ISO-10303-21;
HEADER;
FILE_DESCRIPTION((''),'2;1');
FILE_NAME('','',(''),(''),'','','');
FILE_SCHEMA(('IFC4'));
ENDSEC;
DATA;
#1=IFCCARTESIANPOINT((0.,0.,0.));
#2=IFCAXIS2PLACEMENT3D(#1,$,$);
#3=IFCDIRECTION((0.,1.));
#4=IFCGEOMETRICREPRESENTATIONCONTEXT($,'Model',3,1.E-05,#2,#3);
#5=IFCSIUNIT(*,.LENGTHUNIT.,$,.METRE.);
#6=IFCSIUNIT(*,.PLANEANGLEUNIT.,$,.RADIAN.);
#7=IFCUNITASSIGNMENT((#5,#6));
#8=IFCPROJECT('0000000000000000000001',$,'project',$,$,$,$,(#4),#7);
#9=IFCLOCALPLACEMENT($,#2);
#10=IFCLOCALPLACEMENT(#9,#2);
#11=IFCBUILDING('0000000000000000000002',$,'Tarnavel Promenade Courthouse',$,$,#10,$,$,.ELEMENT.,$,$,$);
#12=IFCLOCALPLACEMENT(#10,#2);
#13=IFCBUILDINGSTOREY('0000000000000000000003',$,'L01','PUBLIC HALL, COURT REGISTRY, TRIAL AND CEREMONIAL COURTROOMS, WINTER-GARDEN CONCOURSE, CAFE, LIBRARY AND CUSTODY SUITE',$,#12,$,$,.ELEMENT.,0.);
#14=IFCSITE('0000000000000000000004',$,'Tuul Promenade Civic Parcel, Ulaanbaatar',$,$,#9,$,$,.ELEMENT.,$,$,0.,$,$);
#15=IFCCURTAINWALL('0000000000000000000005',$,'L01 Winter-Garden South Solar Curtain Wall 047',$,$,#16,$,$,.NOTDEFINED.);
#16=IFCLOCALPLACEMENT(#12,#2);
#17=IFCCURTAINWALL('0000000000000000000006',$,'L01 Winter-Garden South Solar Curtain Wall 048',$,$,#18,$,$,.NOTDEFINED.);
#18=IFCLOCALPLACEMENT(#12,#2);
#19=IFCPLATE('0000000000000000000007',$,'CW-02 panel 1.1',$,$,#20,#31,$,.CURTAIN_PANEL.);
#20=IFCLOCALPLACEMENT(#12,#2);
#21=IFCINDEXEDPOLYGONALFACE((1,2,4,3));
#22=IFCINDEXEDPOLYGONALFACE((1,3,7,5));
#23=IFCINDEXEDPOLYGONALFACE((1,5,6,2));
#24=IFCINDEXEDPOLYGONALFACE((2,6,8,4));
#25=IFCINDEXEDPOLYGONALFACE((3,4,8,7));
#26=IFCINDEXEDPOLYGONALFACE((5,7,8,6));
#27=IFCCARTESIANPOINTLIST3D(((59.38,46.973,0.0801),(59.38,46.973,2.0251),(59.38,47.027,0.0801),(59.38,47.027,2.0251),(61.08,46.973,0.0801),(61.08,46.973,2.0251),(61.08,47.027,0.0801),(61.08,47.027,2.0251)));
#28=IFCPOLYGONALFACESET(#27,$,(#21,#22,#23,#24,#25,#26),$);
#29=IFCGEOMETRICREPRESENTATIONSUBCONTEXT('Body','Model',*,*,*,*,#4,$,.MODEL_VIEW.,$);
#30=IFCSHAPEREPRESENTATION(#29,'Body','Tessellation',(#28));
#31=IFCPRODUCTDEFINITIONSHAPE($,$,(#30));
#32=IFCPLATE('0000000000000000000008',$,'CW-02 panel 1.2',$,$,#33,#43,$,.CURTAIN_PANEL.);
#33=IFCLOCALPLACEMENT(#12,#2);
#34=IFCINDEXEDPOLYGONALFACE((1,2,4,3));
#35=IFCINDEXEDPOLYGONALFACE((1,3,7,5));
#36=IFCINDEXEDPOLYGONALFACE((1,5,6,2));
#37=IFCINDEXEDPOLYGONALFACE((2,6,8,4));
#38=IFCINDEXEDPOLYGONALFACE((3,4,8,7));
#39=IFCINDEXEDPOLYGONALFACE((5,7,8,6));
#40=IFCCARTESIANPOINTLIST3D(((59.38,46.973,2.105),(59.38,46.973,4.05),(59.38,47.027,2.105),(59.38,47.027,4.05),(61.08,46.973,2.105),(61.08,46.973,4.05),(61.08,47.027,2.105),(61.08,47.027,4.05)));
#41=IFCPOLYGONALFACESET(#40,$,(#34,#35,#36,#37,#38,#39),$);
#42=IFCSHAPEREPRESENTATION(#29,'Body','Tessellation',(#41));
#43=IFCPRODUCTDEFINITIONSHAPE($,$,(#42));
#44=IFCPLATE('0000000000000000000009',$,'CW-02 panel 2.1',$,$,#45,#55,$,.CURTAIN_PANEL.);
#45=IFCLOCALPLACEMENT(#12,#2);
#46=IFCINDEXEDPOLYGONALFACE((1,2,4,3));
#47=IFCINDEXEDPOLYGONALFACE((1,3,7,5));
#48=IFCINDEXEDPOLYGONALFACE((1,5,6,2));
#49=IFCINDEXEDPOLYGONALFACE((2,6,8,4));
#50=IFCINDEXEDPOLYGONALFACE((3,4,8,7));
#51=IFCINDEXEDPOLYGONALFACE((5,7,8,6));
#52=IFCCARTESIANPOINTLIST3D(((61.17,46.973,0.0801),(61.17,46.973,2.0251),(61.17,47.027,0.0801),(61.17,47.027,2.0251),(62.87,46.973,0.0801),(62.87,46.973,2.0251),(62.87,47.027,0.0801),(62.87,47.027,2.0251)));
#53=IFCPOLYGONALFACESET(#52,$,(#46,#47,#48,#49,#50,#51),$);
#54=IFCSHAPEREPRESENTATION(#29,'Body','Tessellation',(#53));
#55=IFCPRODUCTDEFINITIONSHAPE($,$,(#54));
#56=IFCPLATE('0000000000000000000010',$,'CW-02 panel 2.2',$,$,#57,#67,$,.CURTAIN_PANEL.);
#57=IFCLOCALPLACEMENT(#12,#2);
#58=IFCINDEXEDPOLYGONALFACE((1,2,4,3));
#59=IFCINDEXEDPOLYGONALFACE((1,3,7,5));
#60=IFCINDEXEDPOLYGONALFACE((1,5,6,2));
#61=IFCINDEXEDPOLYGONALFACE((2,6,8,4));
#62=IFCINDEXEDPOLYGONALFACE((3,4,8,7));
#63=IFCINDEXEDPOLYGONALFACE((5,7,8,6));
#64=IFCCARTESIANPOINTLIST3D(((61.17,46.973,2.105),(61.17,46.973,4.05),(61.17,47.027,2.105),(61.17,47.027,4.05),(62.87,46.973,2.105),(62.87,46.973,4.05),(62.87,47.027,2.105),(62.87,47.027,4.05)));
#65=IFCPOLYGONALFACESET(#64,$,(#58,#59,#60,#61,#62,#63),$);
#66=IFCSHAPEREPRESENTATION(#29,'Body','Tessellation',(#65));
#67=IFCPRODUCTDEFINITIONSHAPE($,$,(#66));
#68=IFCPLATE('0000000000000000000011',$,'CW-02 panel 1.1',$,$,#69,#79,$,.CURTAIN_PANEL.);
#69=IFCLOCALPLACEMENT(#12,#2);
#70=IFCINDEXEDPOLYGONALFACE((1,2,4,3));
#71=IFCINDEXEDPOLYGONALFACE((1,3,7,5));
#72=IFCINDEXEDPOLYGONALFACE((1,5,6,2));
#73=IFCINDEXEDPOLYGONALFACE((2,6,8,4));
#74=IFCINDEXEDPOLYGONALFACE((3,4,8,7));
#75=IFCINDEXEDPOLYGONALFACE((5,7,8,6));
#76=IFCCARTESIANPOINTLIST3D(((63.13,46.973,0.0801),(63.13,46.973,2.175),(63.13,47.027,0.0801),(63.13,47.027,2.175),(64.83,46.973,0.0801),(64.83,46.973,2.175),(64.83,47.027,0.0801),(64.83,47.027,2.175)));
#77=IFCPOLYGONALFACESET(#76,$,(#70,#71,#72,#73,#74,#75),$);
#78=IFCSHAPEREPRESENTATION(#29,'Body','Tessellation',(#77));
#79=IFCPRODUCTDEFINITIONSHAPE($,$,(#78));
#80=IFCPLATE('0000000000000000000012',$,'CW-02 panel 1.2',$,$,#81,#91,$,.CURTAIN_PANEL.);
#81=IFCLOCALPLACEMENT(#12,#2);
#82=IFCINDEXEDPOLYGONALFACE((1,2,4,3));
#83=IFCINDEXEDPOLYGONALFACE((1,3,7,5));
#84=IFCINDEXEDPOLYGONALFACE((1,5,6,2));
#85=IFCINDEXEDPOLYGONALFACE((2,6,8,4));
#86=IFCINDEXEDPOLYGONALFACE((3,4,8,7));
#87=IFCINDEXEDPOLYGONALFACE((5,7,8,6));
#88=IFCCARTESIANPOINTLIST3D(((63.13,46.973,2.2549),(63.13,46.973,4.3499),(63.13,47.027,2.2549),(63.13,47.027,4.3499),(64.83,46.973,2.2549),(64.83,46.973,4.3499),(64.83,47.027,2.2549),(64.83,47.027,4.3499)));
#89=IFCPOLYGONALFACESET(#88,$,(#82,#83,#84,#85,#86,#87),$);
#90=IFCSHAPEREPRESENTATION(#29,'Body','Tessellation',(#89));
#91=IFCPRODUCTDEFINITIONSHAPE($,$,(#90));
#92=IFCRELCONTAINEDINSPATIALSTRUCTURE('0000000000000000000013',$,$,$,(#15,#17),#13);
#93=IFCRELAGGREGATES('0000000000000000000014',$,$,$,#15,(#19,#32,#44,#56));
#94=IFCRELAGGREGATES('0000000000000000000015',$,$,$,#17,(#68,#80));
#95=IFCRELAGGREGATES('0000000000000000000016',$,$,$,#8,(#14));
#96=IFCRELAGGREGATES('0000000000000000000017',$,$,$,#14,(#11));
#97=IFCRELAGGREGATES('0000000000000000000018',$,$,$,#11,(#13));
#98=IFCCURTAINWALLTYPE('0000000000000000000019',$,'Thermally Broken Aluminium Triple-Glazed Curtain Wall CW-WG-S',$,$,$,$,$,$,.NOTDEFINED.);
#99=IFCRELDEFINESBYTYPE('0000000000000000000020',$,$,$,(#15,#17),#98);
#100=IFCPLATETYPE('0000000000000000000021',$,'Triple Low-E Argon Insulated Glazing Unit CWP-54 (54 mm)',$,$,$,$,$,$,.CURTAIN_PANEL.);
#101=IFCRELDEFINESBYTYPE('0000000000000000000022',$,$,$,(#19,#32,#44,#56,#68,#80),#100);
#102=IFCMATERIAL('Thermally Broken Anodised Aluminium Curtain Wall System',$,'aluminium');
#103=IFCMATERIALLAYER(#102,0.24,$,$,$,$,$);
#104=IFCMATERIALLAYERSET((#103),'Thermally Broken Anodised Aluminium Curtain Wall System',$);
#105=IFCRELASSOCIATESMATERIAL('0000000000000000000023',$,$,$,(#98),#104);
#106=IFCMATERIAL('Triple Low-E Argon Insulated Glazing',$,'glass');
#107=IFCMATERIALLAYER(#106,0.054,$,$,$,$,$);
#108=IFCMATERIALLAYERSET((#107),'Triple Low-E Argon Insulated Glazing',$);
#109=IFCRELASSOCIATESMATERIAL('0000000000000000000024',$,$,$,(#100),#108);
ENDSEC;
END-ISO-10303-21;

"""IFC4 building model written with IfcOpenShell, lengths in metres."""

from ifc_helpers import new_model, si_unit, direction, frame, origin, origin_2d, place, context, subcontext, project, spatial, rectangle, extrude, material, layer, layer_set, type_object, element, aggregate, save


model = new_model("IFC4")

# Units and contexts
model_context = context("Model", 3, precision=1e-05, world=origin(), true_north=direction((0.0, 1.0)))
body_context = subcontext(model_context, "Body", "Model", "MODEL_VIEW")
ifc_project = project(units=[si_unit("LENGTHUNIT", "METRE"), si_unit("PLANEANGLEUNIT", "RADIAN")], contexts=[model_context])

# Site, building, storey
site_placement = place(None, origin())
site = spatial("IfcSite", under=ifc_project, at=site_placement, Name="Tuul Promenade Civic Parcel, Ulaanbaatar", CompositionType="ELEMENT", RefElevation=0.0)
building_placement = place(site_placement, origin())
building = spatial("IfcBuilding", under=site, at=building_placement, Name="Tarnavel Promenade Courthouse", CompositionType="ELEMENT")
storey_placement = place(building_placement, origin())
storey = spatial("IfcBuildingStorey", under=building, at=storey_placement, Name="L01", Description="PUBLIC HALL, COURT REGISTRY, TRIAL AND CEREMONIAL COURTROOMS, WINTER-GARDEN CONCOURSE, CAFE, LIBRARY AND CUSTODY SUITE", CompositionType="ELEMENT", Elevation=0.0)

# Curtain walls
ifc_material_1 = material(Name="Thermally Broken Anodised Aluminium Curtain Wall System", Category="aluminium")
ifc_layer_1 = layer(ifc_material_1, 0.24)
ifc_layer_set_1 = layer_set([ifc_layer_1], Name="Thermally Broken Anodised Aluminium Curtain Wall System")
curtain_wall_type = type_object("IfcCurtainWallType", Name="Thermally Broken Aluminium Triple-Glazed Curtain Wall CW-WG-S", PredefinedType="NOTDEFINED", material=ifc_layer_set_1)
curtain_wall_1_placement = place(storey_placement, origin())
curtain_wall_1 = element("IfcCurtainWall", 1, at=curtain_wall_1_placement, inside=storey, type_object=curtain_wall_type, Name="L01 Winter-Garden South Solar Curtain Wall 047", PredefinedType="NOTDEFINED")
curtain_wall_2_placement = place(storey_placement, origin())
curtain_wall_2 = element("IfcCurtainWall", 2, at=curtain_wall_2_placement, inside=storey, type_object=curtain_wall_type, Name="L01 Winter-Garden South Solar Curtain Wall 048", PredefinedType="NOTDEFINED")

# Plates
ifc_material_2 = material(Name="Triple Low-E Argon Insulated Glazing", Category="glass")
ifc_layer_2 = layer(ifc_material_2, 0.054)
ifc_layer_set_2 = layer_set([ifc_layer_2], Name="Triple Low-E Argon Insulated Glazing")
plate_type = type_object("IfcPlateType", Name="Triple Low-E Argon Insulated Glazing Unit CWP-54 (54 mm)", PredefinedType="CURTAIN_PANEL", material=ifc_layer_set_2)
plate_1_placement = place(storey_placement, frame((60.23, 47.0, 0.0801), z_axis=(0.0, 0.0, 1.0), x_axis=(1.0, 0.0, 0.0)))
plate_1 = element("IfcPlate", 3, at=plate_1_placement, type_object=plate_type, Name="CW-02 panel 1.1", PredefinedType="CURTAIN_PANEL", context=body_context, shape_type="SweptSolid", body=[
    extrude(rectangle(XDim=1.7, YDim=0.054, at=origin_2d()), origin(), (0.0, 0.0, 1.0), 1.9451),
])
plate_2_placement = place(storey_placement, frame((60.23, 47.0, 2.105), z_axis=(0.0, 0.0, 1.0), x_axis=(1.0, 0.0, 0.0)))
plate_2 = element("IfcPlate", 4, at=plate_2_placement, type_object=plate_type, Name="CW-02 panel 1.2", PredefinedType="CURTAIN_PANEL", context=body_context, shape_type="SweptSolid", body=[
    extrude(rectangle(XDim=1.7, YDim=0.054, at=origin_2d()), origin(), (0.0, 0.0, 1.0), 1.9451),
])
plate_3_placement = place(storey_placement, frame((62.02, 47.0, 0.0801), z_axis=(0.0, 0.0, 1.0), x_axis=(1.0, 0.0, 0.0)))
plate_3 = element("IfcPlate", 5, at=plate_3_placement, type_object=plate_type, Name="CW-02 panel 2.1", PredefinedType="CURTAIN_PANEL", context=body_context, shape_type="SweptSolid", body=[
    extrude(rectangle(XDim=1.7, YDim=0.054, at=origin_2d()), origin(), (0.0, 0.0, 1.0), 1.9451),
])
plate_4_placement = place(storey_placement, frame((62.02, 47.0, 2.105), z_axis=(0.0, 0.0, 1.0), x_axis=(1.0, 0.0, 0.0)))
plate_4 = element("IfcPlate", 6, at=plate_4_placement, type_object=plate_type, Name="CW-02 panel 2.2", PredefinedType="CURTAIN_PANEL", context=body_context, shape_type="SweptSolid", body=[
    extrude(rectangle(XDim=1.7, YDim=0.054, at=origin_2d()), origin(), (0.0, 0.0, 1.0), 1.9451),
])
aggregate(curtain_wall_1, [plate_1, plate_2, plate_3, plate_4])
plate_5_placement = place(storey_placement, frame((63.98, 47.0, 0.0801), z_axis=(0.0, 0.0, 1.0), x_axis=(1.0, 0.0, 0.0)))
plate_5 = element("IfcPlate", 7, at=plate_5_placement, type_object=plate_type, Name="CW-02 panel 1.1", PredefinedType="CURTAIN_PANEL", context=body_context, shape_type="SweptSolid", body=[
    extrude(rectangle(XDim=1.7, YDim=0.054, at=origin_2d()), origin(), (0.0, 0.0, 1.0), 2.095),
])
plate_6_placement = place(storey_placement, frame((63.98, 47.0, 2.2549), z_axis=(0.0, 0.0, 1.0), x_axis=(1.0, 0.0, 0.0)))
plate_6 = element("IfcPlate", 8, at=plate_6_placement, type_object=plate_type, Name="CW-02 panel 1.2", PredefinedType="CURTAIN_PANEL", context=body_context, shape_type="SweptSolid", body=[
    extrude(rectangle(XDim=1.7, YDim=0.054, at=origin_2d()), origin(), (0.0, 0.0, 1.0), 2.095),
])
aggregate(curtain_wall_2, [plate_5, plate_6])

save(model, "model.ifc")
